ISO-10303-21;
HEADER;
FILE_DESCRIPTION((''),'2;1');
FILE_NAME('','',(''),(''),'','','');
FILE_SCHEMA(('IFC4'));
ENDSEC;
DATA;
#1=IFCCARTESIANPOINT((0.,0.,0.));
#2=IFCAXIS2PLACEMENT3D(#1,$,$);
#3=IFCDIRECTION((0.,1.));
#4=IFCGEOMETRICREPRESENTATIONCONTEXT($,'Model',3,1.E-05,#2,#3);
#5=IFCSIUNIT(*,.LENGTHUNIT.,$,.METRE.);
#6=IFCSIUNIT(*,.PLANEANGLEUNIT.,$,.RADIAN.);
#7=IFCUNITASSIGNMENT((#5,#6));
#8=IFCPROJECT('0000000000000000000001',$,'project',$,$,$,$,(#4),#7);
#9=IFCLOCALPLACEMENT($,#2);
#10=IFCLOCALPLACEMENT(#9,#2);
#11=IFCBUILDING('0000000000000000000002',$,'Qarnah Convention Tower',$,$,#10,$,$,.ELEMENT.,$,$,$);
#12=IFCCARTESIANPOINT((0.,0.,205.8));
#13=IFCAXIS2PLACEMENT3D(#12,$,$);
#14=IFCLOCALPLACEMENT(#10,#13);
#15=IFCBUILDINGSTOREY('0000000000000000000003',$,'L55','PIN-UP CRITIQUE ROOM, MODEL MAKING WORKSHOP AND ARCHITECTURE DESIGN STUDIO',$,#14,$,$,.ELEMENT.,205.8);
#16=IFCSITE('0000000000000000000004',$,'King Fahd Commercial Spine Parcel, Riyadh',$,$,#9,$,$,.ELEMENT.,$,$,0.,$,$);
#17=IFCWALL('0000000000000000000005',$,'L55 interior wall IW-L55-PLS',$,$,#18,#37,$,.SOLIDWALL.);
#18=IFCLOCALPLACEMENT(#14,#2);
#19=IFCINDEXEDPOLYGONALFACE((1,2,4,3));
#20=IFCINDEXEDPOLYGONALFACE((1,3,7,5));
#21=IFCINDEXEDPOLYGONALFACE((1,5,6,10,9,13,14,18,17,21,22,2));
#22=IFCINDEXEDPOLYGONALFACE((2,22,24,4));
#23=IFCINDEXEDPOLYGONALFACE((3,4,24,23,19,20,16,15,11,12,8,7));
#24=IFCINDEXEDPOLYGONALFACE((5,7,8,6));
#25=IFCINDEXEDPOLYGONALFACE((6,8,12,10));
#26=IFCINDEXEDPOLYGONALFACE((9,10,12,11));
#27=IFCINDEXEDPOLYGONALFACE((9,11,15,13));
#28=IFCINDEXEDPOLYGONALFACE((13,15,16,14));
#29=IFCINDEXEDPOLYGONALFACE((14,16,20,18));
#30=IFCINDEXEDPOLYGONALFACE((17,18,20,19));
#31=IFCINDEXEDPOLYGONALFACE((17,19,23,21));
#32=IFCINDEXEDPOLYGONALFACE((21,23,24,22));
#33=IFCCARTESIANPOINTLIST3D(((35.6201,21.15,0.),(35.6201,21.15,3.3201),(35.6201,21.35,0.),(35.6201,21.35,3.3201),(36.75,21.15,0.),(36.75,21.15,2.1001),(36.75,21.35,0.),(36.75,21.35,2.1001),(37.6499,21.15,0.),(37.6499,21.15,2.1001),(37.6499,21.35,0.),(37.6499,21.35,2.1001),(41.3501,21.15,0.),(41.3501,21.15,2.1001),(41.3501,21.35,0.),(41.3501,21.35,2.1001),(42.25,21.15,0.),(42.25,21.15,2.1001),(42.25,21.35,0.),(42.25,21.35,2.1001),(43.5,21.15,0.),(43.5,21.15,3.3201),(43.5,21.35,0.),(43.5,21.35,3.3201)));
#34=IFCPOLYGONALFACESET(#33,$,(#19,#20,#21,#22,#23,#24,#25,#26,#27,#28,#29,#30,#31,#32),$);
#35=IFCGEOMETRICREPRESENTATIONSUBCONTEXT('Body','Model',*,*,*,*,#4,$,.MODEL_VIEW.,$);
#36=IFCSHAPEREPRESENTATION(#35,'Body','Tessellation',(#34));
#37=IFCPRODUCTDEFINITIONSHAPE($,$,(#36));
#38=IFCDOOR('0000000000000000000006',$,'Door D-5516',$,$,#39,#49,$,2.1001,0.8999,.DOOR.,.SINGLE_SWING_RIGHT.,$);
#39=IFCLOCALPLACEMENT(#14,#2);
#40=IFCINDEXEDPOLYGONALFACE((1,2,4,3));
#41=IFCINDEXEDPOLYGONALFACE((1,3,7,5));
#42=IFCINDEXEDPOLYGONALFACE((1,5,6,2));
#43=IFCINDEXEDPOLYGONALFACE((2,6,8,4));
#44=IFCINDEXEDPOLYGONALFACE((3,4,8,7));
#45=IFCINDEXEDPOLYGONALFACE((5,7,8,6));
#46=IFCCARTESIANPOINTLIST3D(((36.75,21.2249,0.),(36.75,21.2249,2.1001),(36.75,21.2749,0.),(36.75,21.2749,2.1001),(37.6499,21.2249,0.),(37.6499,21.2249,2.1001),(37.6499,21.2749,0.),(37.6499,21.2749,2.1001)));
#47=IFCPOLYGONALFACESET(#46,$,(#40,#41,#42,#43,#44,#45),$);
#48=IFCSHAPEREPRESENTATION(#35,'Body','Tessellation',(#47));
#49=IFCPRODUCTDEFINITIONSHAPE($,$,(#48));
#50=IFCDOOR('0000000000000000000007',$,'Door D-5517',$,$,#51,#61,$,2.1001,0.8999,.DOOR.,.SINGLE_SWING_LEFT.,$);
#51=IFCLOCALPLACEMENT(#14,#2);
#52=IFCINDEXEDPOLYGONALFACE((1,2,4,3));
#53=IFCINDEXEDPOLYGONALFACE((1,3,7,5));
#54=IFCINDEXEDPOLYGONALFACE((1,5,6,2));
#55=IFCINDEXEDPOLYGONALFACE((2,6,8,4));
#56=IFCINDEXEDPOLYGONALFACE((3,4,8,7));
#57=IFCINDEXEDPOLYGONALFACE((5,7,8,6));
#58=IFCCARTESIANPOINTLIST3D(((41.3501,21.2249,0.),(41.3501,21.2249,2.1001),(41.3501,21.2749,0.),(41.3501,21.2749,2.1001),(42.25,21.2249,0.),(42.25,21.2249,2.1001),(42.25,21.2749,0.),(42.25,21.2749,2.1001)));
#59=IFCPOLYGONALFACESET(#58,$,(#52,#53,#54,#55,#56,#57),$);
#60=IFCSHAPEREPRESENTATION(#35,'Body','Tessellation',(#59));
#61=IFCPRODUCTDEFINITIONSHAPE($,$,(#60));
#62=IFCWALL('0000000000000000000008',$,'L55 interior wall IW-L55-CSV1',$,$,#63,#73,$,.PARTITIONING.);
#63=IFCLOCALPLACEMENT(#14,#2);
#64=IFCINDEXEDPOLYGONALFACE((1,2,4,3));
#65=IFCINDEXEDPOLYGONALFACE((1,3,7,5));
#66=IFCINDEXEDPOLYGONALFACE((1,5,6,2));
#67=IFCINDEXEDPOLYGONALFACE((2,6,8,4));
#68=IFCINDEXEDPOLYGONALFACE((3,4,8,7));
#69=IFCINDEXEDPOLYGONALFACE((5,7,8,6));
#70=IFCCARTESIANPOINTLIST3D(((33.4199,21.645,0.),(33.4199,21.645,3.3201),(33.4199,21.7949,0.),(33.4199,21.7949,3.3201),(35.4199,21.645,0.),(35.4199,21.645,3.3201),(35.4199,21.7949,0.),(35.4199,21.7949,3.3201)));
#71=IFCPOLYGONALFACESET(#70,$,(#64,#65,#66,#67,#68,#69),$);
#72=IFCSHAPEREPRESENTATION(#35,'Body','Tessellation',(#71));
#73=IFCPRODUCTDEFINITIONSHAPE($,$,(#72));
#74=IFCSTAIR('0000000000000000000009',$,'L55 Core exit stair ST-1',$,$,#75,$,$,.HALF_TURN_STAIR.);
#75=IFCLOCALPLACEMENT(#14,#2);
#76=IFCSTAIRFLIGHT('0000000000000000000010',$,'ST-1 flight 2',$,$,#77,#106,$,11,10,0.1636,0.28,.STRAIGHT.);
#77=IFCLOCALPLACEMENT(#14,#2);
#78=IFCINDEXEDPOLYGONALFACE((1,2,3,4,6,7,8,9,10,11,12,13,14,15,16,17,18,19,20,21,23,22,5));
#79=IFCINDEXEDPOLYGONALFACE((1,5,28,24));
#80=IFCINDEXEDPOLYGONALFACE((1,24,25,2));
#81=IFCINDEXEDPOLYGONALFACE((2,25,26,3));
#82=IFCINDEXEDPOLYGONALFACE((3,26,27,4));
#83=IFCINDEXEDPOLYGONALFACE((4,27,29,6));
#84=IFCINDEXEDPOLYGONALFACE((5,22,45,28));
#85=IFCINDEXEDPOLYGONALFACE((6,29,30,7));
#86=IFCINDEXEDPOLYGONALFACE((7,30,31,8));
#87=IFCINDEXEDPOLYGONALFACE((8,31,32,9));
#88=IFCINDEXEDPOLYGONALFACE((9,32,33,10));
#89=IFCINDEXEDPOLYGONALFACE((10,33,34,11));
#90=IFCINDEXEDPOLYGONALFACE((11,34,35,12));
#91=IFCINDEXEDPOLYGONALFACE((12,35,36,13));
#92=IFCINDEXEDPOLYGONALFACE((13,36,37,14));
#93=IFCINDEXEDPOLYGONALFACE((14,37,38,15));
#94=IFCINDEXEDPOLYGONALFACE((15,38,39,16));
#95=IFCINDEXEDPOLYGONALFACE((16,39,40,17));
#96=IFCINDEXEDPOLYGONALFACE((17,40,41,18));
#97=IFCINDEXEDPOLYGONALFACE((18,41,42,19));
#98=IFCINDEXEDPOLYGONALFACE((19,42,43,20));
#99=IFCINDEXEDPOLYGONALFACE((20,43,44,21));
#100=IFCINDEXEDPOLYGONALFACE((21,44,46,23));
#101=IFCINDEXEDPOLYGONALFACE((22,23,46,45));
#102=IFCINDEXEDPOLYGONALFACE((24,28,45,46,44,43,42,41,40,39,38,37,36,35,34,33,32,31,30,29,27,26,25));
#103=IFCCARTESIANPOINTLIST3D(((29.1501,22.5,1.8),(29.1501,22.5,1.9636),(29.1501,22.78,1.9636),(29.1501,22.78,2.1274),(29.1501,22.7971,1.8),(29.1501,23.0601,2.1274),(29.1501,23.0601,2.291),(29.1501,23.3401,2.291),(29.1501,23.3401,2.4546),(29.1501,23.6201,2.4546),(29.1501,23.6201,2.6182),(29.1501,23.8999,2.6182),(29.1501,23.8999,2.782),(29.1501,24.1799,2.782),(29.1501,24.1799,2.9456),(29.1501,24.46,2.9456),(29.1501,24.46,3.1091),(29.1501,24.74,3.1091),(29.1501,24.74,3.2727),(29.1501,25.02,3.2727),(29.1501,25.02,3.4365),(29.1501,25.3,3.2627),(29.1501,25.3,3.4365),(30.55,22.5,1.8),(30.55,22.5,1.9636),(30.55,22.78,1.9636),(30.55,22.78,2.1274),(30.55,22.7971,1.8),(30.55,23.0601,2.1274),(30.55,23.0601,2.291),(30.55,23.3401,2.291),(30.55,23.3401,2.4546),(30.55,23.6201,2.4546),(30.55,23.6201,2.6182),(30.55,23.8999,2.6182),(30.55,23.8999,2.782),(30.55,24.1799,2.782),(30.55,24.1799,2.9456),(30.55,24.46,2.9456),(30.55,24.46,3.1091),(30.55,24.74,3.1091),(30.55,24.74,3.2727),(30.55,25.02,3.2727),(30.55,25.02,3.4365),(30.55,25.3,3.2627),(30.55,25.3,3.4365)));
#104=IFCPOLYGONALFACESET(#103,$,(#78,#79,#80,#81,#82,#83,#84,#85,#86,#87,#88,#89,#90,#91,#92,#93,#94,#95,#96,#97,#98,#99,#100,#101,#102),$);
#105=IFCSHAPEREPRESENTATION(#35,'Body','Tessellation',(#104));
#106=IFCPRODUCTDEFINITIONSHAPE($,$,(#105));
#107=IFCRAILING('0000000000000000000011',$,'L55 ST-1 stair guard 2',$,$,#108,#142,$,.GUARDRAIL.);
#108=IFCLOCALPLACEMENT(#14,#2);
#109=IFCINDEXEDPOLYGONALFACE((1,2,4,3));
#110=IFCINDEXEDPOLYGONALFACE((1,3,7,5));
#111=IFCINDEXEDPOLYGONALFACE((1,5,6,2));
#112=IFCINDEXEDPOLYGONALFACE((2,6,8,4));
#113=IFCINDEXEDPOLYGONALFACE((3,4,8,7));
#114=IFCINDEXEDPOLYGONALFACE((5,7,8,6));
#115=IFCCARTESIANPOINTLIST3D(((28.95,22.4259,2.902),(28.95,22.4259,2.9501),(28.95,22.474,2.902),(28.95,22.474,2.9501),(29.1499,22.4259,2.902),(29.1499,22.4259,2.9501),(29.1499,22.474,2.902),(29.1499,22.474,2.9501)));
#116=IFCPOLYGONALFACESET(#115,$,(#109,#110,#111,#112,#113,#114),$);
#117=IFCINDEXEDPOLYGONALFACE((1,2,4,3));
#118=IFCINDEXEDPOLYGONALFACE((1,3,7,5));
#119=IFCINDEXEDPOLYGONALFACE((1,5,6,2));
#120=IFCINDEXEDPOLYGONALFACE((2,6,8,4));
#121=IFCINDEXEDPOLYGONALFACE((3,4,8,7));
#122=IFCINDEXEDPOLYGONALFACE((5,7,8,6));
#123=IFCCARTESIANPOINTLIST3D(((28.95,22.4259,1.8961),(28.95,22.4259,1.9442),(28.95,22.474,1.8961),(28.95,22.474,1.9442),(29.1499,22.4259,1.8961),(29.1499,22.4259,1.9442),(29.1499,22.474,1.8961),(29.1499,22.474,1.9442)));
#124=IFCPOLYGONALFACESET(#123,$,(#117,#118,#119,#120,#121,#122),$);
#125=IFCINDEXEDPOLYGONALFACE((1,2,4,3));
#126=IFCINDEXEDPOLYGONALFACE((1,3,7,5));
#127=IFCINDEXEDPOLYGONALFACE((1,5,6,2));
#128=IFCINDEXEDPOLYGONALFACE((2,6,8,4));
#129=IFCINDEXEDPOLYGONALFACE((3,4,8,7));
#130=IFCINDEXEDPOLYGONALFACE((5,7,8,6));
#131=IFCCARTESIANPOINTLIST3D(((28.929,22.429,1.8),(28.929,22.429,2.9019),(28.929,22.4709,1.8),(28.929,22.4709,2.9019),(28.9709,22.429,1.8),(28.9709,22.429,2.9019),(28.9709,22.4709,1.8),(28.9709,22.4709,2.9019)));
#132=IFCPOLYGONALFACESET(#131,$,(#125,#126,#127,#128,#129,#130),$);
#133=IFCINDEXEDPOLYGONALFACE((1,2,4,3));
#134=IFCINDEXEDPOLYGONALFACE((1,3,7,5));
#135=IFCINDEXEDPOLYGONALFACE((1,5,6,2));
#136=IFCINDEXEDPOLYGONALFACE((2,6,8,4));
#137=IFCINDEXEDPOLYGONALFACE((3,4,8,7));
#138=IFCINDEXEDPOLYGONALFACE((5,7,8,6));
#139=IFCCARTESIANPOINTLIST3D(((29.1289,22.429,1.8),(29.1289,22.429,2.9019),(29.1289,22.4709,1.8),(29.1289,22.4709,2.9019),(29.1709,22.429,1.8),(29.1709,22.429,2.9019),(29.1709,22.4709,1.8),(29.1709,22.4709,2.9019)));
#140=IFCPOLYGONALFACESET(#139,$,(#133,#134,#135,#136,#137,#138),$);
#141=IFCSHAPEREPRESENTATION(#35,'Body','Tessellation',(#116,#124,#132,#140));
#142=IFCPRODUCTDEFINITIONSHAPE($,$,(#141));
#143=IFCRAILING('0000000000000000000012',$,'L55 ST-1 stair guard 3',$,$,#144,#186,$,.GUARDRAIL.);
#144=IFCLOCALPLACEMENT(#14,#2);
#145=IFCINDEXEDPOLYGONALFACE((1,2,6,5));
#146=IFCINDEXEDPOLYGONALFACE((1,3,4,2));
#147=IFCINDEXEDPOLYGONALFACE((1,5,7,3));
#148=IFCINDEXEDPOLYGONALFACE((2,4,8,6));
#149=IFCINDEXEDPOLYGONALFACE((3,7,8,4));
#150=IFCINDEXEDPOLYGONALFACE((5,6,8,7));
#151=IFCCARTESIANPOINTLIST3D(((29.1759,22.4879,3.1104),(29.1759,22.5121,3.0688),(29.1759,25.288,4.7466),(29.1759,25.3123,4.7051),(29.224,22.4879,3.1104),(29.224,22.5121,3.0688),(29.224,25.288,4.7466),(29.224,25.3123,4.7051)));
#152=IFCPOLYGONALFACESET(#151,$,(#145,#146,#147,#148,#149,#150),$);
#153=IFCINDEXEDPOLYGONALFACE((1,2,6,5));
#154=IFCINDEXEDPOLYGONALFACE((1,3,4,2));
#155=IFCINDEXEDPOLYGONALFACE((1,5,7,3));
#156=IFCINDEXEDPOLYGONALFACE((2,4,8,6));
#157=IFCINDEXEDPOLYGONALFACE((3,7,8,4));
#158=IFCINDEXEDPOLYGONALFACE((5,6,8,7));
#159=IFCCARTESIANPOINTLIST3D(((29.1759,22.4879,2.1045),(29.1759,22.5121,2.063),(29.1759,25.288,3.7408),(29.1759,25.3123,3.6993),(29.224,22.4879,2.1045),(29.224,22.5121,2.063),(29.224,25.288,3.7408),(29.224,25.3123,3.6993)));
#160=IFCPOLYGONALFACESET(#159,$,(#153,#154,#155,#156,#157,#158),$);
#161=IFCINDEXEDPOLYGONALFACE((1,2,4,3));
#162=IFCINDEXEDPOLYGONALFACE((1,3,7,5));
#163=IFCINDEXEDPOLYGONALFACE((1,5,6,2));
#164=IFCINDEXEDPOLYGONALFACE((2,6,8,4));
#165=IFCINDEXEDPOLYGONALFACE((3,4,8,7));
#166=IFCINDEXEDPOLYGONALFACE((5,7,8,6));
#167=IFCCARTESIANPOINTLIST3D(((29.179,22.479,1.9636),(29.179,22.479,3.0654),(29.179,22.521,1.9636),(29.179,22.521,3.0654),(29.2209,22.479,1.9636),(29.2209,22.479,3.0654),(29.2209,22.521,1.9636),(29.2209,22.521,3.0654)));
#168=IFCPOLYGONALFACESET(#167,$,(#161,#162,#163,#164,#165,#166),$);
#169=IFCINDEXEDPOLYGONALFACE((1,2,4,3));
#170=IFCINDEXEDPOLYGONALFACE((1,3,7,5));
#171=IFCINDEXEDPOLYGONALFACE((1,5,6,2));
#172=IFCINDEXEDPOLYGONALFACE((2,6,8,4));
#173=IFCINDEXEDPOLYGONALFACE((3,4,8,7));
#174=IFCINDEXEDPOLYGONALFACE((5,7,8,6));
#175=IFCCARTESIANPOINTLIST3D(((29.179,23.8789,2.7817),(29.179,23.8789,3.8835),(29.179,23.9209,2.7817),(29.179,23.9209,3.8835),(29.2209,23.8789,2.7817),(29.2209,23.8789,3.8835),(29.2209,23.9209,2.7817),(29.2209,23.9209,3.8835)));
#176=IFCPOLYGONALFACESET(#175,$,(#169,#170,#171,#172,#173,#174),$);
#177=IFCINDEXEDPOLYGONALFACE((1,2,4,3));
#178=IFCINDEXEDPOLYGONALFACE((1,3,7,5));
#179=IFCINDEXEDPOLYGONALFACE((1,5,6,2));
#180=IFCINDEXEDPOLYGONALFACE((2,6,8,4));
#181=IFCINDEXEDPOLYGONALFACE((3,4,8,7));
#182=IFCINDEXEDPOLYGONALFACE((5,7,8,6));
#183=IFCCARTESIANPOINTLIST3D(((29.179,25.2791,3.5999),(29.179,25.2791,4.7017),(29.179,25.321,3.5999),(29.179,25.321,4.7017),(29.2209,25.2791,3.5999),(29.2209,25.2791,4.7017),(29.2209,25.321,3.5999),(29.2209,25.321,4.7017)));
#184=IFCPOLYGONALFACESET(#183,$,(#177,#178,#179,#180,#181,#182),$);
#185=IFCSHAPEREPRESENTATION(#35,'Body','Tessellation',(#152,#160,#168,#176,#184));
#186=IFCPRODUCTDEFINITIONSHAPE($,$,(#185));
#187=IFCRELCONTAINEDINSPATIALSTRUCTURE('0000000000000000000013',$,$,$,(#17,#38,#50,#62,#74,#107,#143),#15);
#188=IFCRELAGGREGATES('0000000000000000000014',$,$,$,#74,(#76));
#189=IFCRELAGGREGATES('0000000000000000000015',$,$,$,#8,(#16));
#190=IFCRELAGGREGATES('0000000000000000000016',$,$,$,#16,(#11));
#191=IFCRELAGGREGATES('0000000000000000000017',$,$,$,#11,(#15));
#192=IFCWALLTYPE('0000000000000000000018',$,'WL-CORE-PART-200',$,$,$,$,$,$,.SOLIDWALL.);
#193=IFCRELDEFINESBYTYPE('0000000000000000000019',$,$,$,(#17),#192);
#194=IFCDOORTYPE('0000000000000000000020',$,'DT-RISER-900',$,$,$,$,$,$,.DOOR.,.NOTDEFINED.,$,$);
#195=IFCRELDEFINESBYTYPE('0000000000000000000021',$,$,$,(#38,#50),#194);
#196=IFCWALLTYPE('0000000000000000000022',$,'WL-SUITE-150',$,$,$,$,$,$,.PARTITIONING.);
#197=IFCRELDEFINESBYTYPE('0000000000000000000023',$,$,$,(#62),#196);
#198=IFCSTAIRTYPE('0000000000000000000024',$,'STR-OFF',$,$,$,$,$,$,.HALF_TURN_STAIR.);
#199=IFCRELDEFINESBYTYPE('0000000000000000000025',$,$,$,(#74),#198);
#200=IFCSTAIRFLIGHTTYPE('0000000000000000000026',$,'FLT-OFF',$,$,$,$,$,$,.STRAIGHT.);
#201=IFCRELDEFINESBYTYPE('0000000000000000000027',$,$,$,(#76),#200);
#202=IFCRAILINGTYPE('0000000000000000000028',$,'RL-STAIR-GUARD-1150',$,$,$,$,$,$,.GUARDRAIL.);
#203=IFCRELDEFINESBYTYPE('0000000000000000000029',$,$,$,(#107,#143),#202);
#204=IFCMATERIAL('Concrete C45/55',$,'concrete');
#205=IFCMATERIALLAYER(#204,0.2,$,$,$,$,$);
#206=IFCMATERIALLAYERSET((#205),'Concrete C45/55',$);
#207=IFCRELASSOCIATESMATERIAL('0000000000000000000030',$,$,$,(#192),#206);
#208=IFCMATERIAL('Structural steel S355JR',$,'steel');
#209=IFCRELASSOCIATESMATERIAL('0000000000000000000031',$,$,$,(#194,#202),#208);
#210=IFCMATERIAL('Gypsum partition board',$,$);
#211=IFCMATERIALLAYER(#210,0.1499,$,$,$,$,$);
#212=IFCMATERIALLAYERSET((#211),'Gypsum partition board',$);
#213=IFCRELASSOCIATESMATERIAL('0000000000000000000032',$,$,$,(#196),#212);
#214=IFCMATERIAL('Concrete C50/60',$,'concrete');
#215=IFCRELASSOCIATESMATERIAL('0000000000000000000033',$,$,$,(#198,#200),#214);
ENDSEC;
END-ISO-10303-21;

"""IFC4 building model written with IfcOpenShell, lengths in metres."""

from ifc_helpers import new_model, si_unit, direction, frame, frame_2d, origin, origin_2d, place, context, subcontext, project, spatial, polyline, rectangle, outline, extrude, material, layer, layer_set, type_object, element, fill, aggregate, save


model = new_model("IFC4")

# Units and contexts
model_context = context("Model", 3, precision=1e-05, world=origin(), true_north=direction((0.0, 1.0)))
body_context = subcontext(model_context, "Body", "Model", "MODEL_VIEW")
ifc_project = project(units=[si_unit("LENGTHUNIT", "METRE"), si_unit("PLANEANGLEUNIT", "RADIAN")], contexts=[model_context])

# Site, building, storey
site_placement = place(None, origin())
site = spatial("IfcSite", under=ifc_project, at=site_placement, Name="King Fahd Commercial Spine Parcel, Riyadh", CompositionType="ELEMENT", RefElevation=0.0)
building_placement = place(site_placement, origin())
building = spatial("IfcBuilding", under=site, at=building_placement, Name="Qarnah Convention Tower", CompositionType="ELEMENT")
storey_placement = place(building_placement, frame((0.0, 0.0, 205.8)))
storey = spatial("IfcBuildingStorey", under=building, at=storey_placement, Name="L55", Description="PIN-UP CRITIQUE ROOM, MODEL MAKING WORKSHOP AND ARCHITECTURE DESIGN STUDIO", CompositionType="ELEMENT", Elevation=205.8)

# Shared definitions
ifc_material_1 = material(Name="Structural steel S355JR", Category="steel")

# Shared definitions
ifc_material_2 = material(Name="Concrete C45/55", Category="concrete")
ifc_layer_1 = layer(ifc_material_2, 0.2)
ifc_layer_set_1 = layer_set([ifc_layer_1], Name="Concrete C45/55")
wall_type_1 = type_object("IfcWallType", Name="WL-CORE-PART-200", PredefinedType="SOLIDWALL", material=ifc_layer_set_1)
door_type_1 = type_object("IfcDoorType", Name="DT-RISER-900", OperationType="NOTDEFINED", PredefinedType="DOOR", material=ifc_material_1)

# Wall, openings, doors
wall_1_placement = place(storey_placement, frame((35.6201, 21.25, 0.0), z_axis=(0.0, 0.0, 1.0), x_axis=(1.0, 0.0, 0.0)))
wall_1 = element("IfcWall", 1, at=wall_1_placement, inside=storey, type_object=wall_type_1, Name="L55 interior wall IW-L55-PLS", PredefinedType="SOLIDWALL", context=body_context, shape_type="SweptSolid", body=[
    extrude(rectangle(XDim=7.8799, YDim=0.2, at=frame_2d((3.9399, 0.0))), origin(), (0.0, 0.0, 1.0), 3.3201),
])
opening_1_placement = place(wall_1_placement, frame((1.1299, 0.0, 0.0)))
opening_1 = element("IfcOpeningElement", 2, at=opening_1_placement, cuts=wall_1, PredefinedType="OPENING", context=body_context, shape_type="SweptSolid", body=[
    extrude(rectangle(XDim=0.8999, YDim=2.1001, at=frame_2d((0.45, 1.05))), frame((0.0, 0.1099, 0.0), z_axis=(0.0, -1.0, 0.0), x_axis=(1.0, 0.0, 0.0)), (0.0, 0.0, 1.0), 0.22),
])
opening_2_placement = place(wall_1_placement, frame((5.73, 0.0, 0.0)))
opening_2 = element("IfcOpeningElement", 3, at=opening_2_placement, cuts=wall_1, PredefinedType="OPENING", context=body_context, shape_type="SweptSolid", body=[
    extrude(rectangle(XDim=0.8999, YDim=2.1001, at=frame_2d((0.45, 1.05))), frame((0.0, 0.1099, 0.0), z_axis=(0.0, -1.0, 0.0), x_axis=(1.0, 0.0, 0.0)), (0.0, 0.0, 1.0), 0.22),
])
door_1_placement = place(opening_1_placement, origin())
door_1 = element("IfcDoor", 4, at=door_1_placement, inside=storey, type_object=door_type_1, Name="Door D-5516", OperationType="SINGLE_SWING_RIGHT", OverallHeight=2.1001, OverallWidth=0.8999, PredefinedType="DOOR", context=body_context, shape_type="SweptSolid", body=[
    extrude(rectangle(XDim=0.8999, YDim=2.1001, at=frame_2d((0.45, 1.05))), frame((0.0, 0.0249, 0.0), z_axis=(0.0, -1.0, 0.0), x_axis=(1.0, 0.0, 0.0)), (0.0, 0.0, 1.0), 0.05),
])
fill(opening_1, door_1)
door_2_placement = place(opening_2_placement, origin())
door_2 = element("IfcDoor", 5, at=door_2_placement, inside=storey, type_object=door_type_1, Name="Door D-5517", OperationType="SINGLE_SWING_LEFT", OverallHeight=2.1001, OverallWidth=0.8999, PredefinedType="DOOR", context=body_context, shape_type="SweptSolid", body=[
    extrude(rectangle(XDim=0.8999, YDim=2.1001, at=frame_2d((0.45, 1.05))), frame((0.0, 0.0249, 0.0), z_axis=(0.0, -1.0, 0.0), x_axis=(1.0, 0.0, 0.0)), (0.0, 0.0, 1.0), 0.05),
])
fill(opening_2, door_2)

# Wall
ifc_material_3 = material(Name="Gypsum partition board")
ifc_layer_2 = layer(ifc_material_3, 0.1499)
ifc_layer_set_2 = layer_set([ifc_layer_2], Name="Gypsum partition board")
wall_type_2 = type_object("IfcWallType", Name="WL-SUITE-150", PredefinedType="PARTITIONING", material=ifc_layer_set_2)
wall_2_placement = place(storey_placement, frame((33.4199, 21.72, 0.0), z_axis=(0.0, 0.0, 1.0), x_axis=(1.0, 0.0, 0.0)))
element("IfcWall", 6, at=wall_2_placement, inside=storey, type_object=wall_type_2, Name="L55 interior wall IW-L55-CSV1", PredefinedType="PARTITIONING", context=body_context, shape_type="SweptSolid", body=[
    extrude(rectangle(XDim=2.0, YDim=0.1499, at=frame_2d((1.0, 0.0))), origin(), (0.0, 0.0, 1.0), 3.3201),
])

# Stair, stair flight
ifc_material_4 = material(Name="Concrete C50/60", Category="concrete")
stair_type = type_object("IfcStairType", Name="STR-OFF", PredefinedType="HALF_TURN_STAIR", material=ifc_material_4)
stair_placement = place(storey_placement, origin())
stair = element("IfcStair", 7, at=stair_placement, inside=storey, type_object=stair_type, Name="L55 Core exit stair ST-1", PredefinedType="HALF_TURN_STAIR")
stair_flight_type = type_object("IfcStairFlightType", Name="FLT-OFF", PredefinedType="STRAIGHT", material=ifc_material_4)
stair_flight_placement = place(storey_placement, frame((29.8501, 22.5, 1.8), z_axis=(0.0, 0.0, 1.0), x_axis=(0.0, 1.0, 0.0)))
stair_flight = element("IfcStairFlight", 8, at=stair_flight_placement, type_object=stair_flight_type, Name="ST-1 flight 2", NumberOfRisers=11, NumberOfTreads=10, PredefinedType="STRAIGHT", RiserHeight=0.1636, TreadLength=0.28, context=body_context, shape_type="SweptSolid", body=[
    extrude(outline(polyline([(0.0, 0.0), (0.0, 0.1636), (0.28, 0.1636), (0.28, 0.3274), (0.5601, 0.3274), (0.5601, 0.491), (0.8401, 0.491), (0.8401, 0.6545), (1.1201, 0.6545), (1.1201, 0.8181), (1.3999, 0.8181), (1.3999, 0.9819), (1.6799, 0.9819), (1.6799, 1.1455), (1.96, 1.1455), (1.96, 1.3091), (2.24, 1.3091), (2.24, 1.4727), (2.52, 1.4727), (2.52, 1.6365), (2.8, 1.6365), (2.8, 1.8), (2.8, 1.4626), (0.2971, 0.0), (0.0, 0.0)])), frame((0.0, 0.7, 0.0), z_axis=(0.0, -1.0, 0.0), x_axis=(1.0, 0.0, 0.0)), (0.0, 0.0, 1.0), 1.3999),
])
aggregate(stair, [stair_flight])

# Railings
railing_type_1 = type_object("IfcRailingType", Name="RL-STAIR-GUARD-1150", PredefinedType="GUARDRAIL", material=ifc_material_1)
railing_1_placement = place(storey_placement, frame((28.95, 22.45, 1.8)))
element("IfcRailing", 9, at=railing_1_placement, inside=storey, type_object=railing_type_1, Name="L55 ST-1 stair guard 2", PredefinedType="GUARDRAIL", context=body_context, shape_type="SweptSolid", body=[
    extrude(rectangle(XDim=0.0481, YDim=0.0481, at=origin_2d()), frame((0.0, 0.0, 1.126), z_axis=(1.0, 0.0, 0.0), x_axis=(0.0, 1.0, 0.0)), (0.0, 0.0, 1.0), 0.2),
    extrude(rectangle(XDim=0.0481, YDim=0.0481, at=origin_2d()), frame((0.0, 0.0, 0.1201), z_axis=(1.0, 0.0, 0.0), x_axis=(0.0, 1.0, 0.0)), (0.0, 0.0, 1.0), 0.2),
    extrude(rectangle(XDim=0.042, YDim=0.042, at=origin_2d()), origin(), (0.0, 0.0, 1.0), 1.1018),
    extrude(rectangle(XDim=0.042, YDim=0.042, at=origin_2d()), frame((0.2, 0.0, 0.0)), (0.0, 0.0, 1.0), 1.1018),
])
railing_2_placement = place(storey_placement, frame((29.2, 22.5, 1.9636)))
element("IfcRailing", 10, at=railing_2_placement, inside=storey, type_object=railing_type_1, Name="L55 ST-1 stair guard 3", PredefinedType="GUARDRAIL", context=body_context, shape_type="SweptSolid", body=[
    extrude(rectangle(XDim=0.0481, YDim=0.0481, at=origin_2d()), frame((0.0, 0.0, 1.126), z_axis=(0.0, 0.863394, 0.504531), x_axis=(-1.0, 0.0, 0.0)), (0.0, 0.0, 1.0), 3.2432),
    extrude(rectangle(XDim=0.0481, YDim=0.0481, at=origin_2d()), frame((0.0, 0.0, 0.1201), z_axis=(0.0, 0.863394, 0.504531), x_axis=(-1.0, 0.0, 0.0)), (0.0, 0.0, 1.0), 3.2432),
    extrude(rectangle(XDim=0.042, YDim=0.042, at=origin_2d()), origin(), (0.0, 0.0, 1.0), 1.1018),
    extrude(rectangle(XDim=0.042, YDim=0.042, at=origin_2d()), frame((0.0, 1.3999, 0.8181)), (0.0, 0.0, 1.0), 1.1018),
    extrude(rectangle(XDim=0.042, YDim=0.042, at=origin_2d()), frame((0.0, 2.8, 1.6362)), (0.0, 0.0, 1.0), 1.1018),
])

save(model, "model.ifc")
